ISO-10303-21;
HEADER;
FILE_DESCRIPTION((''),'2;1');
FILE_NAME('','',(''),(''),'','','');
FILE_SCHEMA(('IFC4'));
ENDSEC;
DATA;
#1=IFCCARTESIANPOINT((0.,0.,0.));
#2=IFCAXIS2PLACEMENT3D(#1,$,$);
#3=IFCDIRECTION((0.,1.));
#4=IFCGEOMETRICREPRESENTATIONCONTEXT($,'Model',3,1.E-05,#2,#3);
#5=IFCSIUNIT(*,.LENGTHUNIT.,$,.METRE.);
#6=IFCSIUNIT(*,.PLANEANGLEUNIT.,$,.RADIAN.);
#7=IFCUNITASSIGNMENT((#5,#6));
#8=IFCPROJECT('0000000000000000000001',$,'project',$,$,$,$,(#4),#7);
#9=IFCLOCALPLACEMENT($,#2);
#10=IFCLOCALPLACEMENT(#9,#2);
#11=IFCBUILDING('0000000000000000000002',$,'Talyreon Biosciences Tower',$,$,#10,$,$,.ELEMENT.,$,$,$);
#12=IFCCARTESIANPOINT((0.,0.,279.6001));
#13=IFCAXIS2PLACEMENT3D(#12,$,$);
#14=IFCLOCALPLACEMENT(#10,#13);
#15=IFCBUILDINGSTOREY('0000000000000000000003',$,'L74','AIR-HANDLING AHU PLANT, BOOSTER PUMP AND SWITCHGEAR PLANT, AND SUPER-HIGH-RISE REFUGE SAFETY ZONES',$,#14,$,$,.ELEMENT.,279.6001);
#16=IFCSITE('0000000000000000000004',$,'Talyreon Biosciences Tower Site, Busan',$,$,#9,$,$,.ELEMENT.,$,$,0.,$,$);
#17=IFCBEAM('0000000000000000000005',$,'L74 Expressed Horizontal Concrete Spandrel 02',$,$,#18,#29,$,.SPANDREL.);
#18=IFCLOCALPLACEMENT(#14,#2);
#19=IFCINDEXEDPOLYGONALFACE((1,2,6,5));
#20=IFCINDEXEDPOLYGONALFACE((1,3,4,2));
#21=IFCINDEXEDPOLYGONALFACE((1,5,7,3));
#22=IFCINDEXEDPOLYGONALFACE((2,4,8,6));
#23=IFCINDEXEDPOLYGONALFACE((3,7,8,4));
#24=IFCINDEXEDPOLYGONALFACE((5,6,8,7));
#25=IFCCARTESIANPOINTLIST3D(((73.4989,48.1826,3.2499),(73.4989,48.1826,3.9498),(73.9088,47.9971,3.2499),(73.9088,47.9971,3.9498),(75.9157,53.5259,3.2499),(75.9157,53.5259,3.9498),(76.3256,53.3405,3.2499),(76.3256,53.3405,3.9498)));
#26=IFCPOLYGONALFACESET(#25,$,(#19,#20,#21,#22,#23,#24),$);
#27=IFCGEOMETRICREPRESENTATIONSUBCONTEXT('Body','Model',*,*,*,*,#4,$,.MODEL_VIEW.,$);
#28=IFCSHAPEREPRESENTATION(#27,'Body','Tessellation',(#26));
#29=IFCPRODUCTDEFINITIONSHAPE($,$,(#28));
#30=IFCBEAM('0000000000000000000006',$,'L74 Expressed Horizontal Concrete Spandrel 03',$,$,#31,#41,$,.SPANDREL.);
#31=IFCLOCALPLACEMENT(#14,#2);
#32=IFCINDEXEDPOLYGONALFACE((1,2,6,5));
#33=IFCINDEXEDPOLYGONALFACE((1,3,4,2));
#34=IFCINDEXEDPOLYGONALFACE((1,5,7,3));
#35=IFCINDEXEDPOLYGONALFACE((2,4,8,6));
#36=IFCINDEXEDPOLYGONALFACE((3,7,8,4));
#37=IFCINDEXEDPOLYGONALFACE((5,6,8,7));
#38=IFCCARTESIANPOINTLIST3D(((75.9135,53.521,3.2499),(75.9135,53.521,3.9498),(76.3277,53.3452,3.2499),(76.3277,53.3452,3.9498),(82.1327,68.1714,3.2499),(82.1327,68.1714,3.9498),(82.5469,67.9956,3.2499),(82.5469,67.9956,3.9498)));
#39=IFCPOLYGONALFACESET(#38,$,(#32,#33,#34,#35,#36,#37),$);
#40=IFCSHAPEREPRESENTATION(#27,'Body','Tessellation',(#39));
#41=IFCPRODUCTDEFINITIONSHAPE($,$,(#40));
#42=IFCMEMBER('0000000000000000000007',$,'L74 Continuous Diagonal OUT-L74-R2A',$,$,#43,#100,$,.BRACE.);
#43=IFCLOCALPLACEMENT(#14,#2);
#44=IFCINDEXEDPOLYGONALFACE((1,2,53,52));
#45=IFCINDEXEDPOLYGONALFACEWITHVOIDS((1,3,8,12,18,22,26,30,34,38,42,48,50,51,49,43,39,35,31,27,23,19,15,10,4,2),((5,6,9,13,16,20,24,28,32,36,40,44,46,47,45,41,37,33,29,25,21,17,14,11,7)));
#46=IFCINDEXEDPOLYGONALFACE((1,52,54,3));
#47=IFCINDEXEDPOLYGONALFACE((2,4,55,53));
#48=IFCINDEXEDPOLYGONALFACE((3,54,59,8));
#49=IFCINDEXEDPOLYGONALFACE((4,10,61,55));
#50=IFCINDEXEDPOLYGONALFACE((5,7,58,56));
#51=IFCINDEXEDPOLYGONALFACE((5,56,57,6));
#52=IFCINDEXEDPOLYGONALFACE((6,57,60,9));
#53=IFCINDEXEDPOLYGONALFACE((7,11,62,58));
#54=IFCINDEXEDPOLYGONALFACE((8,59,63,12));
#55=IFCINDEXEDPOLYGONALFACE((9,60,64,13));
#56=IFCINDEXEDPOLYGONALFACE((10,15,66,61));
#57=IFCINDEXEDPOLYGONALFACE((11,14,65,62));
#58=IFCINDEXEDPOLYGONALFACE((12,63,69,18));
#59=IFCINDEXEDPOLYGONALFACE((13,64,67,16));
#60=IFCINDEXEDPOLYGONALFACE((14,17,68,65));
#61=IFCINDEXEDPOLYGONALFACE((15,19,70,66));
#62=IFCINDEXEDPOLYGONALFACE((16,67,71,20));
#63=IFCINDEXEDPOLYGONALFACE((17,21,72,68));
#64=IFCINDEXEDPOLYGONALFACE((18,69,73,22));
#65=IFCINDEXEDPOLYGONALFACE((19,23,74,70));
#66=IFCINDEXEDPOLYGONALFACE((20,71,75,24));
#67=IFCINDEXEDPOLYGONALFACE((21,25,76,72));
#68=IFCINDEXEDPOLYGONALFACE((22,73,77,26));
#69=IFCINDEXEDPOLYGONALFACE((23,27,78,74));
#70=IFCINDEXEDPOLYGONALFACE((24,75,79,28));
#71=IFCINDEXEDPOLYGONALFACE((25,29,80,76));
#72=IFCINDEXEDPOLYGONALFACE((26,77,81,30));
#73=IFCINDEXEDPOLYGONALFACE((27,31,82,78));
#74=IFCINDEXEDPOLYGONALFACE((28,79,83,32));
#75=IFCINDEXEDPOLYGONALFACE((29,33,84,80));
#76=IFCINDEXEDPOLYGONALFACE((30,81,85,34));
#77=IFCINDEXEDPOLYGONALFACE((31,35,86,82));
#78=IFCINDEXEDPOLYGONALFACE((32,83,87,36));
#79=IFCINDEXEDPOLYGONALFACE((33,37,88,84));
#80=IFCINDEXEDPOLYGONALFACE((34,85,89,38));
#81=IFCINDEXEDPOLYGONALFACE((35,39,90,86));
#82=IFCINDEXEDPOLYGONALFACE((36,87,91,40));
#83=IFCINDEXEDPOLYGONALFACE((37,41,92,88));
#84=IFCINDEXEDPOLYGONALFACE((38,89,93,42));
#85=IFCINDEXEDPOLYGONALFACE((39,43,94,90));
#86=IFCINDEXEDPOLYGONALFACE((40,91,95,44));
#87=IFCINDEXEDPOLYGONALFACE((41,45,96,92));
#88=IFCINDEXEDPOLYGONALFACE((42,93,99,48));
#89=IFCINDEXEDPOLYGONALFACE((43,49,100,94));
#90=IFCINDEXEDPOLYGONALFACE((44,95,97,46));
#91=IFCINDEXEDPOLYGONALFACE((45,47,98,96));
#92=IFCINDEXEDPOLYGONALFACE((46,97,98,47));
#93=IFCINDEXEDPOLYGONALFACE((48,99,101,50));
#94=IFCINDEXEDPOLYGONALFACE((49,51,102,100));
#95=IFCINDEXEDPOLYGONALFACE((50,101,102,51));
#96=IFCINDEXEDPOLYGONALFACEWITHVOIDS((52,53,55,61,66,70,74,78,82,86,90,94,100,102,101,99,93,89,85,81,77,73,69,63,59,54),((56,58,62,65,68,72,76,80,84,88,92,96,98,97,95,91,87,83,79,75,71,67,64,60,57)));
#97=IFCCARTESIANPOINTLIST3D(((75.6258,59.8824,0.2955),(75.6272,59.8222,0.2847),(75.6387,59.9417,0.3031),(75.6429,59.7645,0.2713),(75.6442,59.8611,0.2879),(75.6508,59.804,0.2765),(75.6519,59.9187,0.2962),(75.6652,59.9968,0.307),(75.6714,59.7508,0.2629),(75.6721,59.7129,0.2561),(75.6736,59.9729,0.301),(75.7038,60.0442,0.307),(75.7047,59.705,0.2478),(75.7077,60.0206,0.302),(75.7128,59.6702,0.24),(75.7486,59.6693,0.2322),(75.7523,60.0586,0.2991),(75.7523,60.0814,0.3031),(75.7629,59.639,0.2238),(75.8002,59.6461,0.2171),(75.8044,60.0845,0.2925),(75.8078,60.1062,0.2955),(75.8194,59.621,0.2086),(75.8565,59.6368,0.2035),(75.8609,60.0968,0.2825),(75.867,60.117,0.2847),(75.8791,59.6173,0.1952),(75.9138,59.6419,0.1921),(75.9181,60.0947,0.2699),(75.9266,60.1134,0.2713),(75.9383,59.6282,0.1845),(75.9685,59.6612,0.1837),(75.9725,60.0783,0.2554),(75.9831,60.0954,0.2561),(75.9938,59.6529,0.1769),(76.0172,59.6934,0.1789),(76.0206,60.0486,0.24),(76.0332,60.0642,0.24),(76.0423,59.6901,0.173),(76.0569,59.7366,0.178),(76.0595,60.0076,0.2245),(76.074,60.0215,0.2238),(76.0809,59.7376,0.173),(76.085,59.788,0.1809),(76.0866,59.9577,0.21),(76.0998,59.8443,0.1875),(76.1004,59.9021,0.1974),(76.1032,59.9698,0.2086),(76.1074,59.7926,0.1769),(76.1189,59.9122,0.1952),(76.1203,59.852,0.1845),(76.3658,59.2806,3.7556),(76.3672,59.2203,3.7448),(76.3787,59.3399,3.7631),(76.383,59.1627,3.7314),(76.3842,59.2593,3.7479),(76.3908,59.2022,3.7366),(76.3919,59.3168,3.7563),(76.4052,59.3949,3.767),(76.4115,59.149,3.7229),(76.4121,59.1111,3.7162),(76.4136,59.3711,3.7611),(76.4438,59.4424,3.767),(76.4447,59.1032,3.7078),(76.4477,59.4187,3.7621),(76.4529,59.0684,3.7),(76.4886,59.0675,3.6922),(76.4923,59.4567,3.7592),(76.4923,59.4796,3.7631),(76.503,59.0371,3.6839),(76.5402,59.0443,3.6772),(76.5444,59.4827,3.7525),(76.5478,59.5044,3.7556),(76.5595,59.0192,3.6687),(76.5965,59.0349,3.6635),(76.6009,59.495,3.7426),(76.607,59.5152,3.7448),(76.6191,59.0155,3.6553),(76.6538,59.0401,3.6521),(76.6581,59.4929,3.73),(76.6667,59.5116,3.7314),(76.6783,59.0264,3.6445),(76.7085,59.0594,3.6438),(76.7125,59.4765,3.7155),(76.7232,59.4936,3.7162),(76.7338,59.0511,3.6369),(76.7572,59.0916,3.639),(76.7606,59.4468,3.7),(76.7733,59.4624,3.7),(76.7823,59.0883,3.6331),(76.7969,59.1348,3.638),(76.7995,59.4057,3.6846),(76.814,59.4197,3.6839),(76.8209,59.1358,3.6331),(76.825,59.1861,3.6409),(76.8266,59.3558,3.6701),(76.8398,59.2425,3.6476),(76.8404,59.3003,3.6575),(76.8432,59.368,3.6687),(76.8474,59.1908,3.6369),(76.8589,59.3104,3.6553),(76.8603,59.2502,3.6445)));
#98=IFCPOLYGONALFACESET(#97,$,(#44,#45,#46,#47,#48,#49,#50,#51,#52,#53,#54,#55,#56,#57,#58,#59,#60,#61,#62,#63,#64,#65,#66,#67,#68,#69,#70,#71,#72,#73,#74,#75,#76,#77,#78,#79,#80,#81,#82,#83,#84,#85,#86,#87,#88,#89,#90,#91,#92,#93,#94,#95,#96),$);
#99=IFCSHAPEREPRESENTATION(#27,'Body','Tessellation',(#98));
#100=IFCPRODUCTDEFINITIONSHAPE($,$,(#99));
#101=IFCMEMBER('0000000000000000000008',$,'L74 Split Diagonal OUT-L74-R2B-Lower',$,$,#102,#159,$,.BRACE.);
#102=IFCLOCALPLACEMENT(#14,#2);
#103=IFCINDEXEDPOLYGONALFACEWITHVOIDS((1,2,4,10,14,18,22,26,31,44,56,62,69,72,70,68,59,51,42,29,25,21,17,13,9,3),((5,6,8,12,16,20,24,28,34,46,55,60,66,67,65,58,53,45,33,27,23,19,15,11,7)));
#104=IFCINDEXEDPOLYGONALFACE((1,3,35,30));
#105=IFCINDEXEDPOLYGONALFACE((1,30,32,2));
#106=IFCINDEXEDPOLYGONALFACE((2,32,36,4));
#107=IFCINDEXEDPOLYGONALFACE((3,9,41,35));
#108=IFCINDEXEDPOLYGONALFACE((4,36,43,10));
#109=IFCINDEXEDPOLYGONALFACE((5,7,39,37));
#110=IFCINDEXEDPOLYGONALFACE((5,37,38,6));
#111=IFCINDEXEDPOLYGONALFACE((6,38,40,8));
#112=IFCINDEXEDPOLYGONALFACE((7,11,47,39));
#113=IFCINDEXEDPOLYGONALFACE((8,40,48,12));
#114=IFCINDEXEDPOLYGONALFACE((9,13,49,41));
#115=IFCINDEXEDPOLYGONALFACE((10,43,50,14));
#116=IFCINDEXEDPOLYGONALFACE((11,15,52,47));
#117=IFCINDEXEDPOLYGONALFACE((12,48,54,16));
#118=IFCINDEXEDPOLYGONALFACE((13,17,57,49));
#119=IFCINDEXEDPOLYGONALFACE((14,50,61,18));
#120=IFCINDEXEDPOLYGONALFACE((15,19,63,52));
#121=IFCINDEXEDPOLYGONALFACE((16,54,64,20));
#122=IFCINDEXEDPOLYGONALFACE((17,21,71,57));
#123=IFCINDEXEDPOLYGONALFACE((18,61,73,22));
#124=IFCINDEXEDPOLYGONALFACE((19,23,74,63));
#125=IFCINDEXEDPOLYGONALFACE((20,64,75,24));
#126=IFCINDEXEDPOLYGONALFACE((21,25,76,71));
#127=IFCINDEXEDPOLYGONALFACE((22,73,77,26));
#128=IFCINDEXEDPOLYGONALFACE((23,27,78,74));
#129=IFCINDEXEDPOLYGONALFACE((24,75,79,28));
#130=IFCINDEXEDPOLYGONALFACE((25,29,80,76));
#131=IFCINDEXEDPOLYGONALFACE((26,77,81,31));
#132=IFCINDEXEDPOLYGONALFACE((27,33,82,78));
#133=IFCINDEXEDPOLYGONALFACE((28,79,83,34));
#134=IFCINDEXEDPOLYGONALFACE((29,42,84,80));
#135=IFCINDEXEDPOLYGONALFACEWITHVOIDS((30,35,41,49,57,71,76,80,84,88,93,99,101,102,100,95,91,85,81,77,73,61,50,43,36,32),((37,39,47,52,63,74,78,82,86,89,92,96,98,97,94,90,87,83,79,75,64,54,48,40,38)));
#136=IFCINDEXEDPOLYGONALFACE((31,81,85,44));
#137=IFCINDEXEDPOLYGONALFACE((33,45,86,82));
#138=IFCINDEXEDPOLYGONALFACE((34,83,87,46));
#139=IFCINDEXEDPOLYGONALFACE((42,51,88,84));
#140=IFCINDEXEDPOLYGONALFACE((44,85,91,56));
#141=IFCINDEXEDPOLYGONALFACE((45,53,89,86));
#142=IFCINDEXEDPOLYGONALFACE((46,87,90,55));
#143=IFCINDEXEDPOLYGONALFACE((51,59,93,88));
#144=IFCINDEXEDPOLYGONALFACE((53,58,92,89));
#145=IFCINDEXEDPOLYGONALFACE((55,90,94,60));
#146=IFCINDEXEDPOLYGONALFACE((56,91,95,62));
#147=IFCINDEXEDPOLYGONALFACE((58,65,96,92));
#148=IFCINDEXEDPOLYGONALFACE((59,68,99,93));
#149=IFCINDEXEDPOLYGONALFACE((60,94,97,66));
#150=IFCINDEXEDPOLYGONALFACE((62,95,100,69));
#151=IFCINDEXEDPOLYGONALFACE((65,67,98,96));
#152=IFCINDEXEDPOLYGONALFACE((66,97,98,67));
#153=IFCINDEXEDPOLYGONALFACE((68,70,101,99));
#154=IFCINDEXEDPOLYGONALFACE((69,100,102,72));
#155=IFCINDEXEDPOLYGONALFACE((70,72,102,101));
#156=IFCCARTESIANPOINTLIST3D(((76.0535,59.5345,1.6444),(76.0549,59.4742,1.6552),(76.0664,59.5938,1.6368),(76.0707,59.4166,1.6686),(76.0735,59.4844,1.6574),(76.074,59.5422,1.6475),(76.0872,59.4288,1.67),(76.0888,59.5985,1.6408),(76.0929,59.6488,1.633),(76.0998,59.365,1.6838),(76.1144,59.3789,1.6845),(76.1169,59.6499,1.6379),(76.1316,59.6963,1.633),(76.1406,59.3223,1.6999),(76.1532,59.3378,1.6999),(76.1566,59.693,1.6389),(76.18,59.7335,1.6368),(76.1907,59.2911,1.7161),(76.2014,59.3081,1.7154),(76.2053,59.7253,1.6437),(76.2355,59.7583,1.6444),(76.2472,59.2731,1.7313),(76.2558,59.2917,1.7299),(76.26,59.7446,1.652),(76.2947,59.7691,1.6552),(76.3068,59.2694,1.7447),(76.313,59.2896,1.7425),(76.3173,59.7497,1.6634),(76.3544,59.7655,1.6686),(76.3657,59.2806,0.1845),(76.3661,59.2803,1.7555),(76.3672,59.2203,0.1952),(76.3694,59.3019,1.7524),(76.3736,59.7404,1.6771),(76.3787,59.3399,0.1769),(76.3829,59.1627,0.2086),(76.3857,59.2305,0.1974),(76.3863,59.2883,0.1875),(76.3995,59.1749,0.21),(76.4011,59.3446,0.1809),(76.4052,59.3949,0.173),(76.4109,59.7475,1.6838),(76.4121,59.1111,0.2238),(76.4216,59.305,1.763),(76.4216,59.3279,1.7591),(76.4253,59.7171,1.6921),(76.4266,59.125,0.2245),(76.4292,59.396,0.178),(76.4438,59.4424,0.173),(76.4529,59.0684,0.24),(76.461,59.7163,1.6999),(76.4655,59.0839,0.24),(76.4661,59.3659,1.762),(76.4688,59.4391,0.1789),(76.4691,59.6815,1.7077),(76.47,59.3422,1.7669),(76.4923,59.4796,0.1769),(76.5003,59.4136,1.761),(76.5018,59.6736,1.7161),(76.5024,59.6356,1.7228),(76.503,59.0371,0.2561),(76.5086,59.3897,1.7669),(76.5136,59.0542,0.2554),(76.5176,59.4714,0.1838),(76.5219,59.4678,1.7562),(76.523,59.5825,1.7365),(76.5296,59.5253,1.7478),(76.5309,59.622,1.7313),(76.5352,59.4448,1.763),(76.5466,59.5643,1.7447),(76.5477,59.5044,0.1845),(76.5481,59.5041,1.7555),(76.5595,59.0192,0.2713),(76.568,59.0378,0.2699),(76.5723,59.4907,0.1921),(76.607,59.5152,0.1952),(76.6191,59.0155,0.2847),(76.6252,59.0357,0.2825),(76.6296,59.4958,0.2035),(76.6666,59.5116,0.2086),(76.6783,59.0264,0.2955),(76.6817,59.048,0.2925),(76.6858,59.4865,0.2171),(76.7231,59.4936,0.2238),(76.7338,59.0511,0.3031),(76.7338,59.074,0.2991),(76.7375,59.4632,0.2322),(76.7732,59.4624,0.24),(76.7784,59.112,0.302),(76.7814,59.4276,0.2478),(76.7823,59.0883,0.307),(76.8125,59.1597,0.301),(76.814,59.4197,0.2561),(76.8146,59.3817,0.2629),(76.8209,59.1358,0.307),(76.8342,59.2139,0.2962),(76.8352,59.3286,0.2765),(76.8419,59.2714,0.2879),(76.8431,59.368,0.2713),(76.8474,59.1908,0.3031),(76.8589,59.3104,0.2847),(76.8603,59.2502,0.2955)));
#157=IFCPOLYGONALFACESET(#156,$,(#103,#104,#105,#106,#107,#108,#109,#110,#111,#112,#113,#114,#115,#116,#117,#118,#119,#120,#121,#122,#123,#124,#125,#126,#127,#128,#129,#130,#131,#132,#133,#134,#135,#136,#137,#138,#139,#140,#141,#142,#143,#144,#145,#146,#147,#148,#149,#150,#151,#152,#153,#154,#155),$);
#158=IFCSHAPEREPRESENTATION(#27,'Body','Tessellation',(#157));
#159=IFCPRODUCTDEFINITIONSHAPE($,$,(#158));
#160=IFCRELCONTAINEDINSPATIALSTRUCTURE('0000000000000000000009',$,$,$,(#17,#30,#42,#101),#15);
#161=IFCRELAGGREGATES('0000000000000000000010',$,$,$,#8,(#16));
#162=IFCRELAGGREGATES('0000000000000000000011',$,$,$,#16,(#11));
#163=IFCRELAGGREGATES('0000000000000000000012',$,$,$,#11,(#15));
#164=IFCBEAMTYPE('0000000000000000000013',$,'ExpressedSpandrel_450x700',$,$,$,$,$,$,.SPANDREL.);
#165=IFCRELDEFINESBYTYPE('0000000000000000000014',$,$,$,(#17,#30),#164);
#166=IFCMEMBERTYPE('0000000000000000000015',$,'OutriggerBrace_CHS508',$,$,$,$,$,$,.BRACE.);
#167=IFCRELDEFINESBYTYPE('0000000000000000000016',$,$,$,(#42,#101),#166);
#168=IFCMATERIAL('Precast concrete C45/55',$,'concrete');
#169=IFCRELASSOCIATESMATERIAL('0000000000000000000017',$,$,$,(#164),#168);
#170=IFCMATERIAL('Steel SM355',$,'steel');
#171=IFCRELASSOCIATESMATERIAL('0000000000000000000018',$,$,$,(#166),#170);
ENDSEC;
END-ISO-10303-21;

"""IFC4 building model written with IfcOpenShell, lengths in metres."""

from ifc_helpers import new_model, si_unit, direction, frame, origin, origin_2d, place, context, subcontext, project, spatial, rectangle, hollow_circle, extrude, material, material_profile, profile_set, type_object, element, save


model = new_model("IFC4")

# Units and contexts
model_context = context("Model", 3, precision=1e-05, world=origin(), true_north=direction((0.0, 1.0)))
body_context = subcontext(model_context, "Body", "Model", "MODEL_VIEW")
ifc_project = project(units=[si_unit("LENGTHUNIT", "METRE"), si_unit("PLANEANGLEUNIT", "RADIAN")], contexts=[model_context])

# Site, building, storey
site_placement = place(None, origin())
site = spatial("IfcSite", under=ifc_project, at=site_placement, Name="Talyreon Biosciences Tower Site, Busan", CompositionType="ELEMENT", RefElevation=0.0)
building_placement = place(site_placement, origin())
building = spatial("IfcBuilding", under=site, at=building_placement, Name="Talyreon Biosciences Tower", CompositionType="ELEMENT")
storey_placement = place(building_placement, frame((0.0, 0.0, 279.6001)))
storey = spatial("IfcBuildingStorey", under=building, at=storey_placement, Name="L74", Description="AIR-HANDLING AHU PLANT, BOOSTER PUMP AND SWITCHGEAR PLANT, AND SUPER-HIGH-RISE REFUGE SAFETY ZONES", CompositionType="ELEMENT", Elevation=279.6001)

# Shared definitions
ifc_material_1 = material(Name="Precast concrete C45/55", Category="concrete")

# Shared definitions
ifc_material_2 = material(Name="Steel SM355", Category="steel")

# Beams
ifc_material_profile_1 = material_profile(ifc_material_1, rectangle(XDim=0.45, YDim=0.7, at=origin_2d()), Name="RCB 450x700")
ifc_profile_set_1 = profile_set([ifc_material_profile_1], Name="Precast concrete C45/55")
beam_type_1 = type_object("IfcBeamType", Name="ExpressedSpandrel_450x700", PredefinedType="SPANDREL", material=ifc_profile_set_1)
beam_1_placement = place(storey_placement, frame((73.7039, 48.0898, 3.5999), z_axis=(0.412105, 0.911136, 0.0), x_axis=(-0.911136, 0.412105, 0.0)))
element("IfcBeam", 1, at=beam_1_placement, inside=storey, type_object=beam_type_1, Name="L74 Expressed Horizontal Concrete Spandrel 02", PredefinedType="SPANDREL", context=body_context, shape_type="SweptSolid", body=[
    extrude(rectangle(XDim=0.45, YDim=0.7, at=origin_2d()), origin(), (0.0, 0.0, 1.0), 5.8645),
])
beam_2_placement = place(storey_placement, frame((76.1206, 53.4331, 3.5999), z_axis=(0.390759, 0.920493, 0.0), x_axis=(-0.920493, 0.390759, 0.0)))
element("IfcBeam", 2, at=beam_2_placement, inside=storey, type_object=beam_type_1, Name="L74 Expressed Horizontal Concrete Spandrel 03", PredefinedType="SPANDREL", context=body_context, shape_type="SweptSolid", body=[
    extrude(rectangle(XDim=0.45, YDim=0.7, at=origin_2d()), origin(), (0.0, 0.0, 1.0), 15.9158),
])

# Members
ifc_material_profile_2 = material_profile(ifc_material_2, hollow_circle(Radius=0.2539, WallThickness=0.02, at=origin_2d()), Name="CHS 508x20")
ifc_profile_set_2 = profile_set([ifc_material_profile_2], Name="Steel SM355")
member_type_1 = type_object("IfcMemberType", Name="OutriggerBrace_CHS508", PredefinedType="BRACE", material=ifc_profile_set_2)
member_1_placement = place(storey_placement, frame((75.873, 59.8672, 0.24), z_axis=(0.206182, -0.16768, 0.96404), x_axis=(0.630949, 0.775824, 0.0)))
element("IfcMember", 3, at=member_1_placement, inside=storey, type_object=member_type_1, Name="L74 Continuous Diagonal OUT-L74-R2A", PredefinedType="BRACE", context=body_context, shape_type="SweptSolid", body=[
    extrude(hollow_circle(Radius=0.2539, WallThickness=0.02, at=origin_2d()), origin(), (0.0, 0.0, 1.0), 3.5891),
])
member_2_placement = place(storey_placement, frame((76.613, 59.2654, 0.24), z_axis=(-0.206189, 0.167659, 0.964042), x_axis=(-0.630889, -0.775873, 0.0)))
element("IfcMember", 4, at=member_2_placement, inside=storey, type_object=member_type_1, Name="L74 Split Diagonal OUT-L74-R2B-Lower", PredefinedType="BRACE", context=body_context, shape_type="SweptSolid", body=[
    extrude(hollow_circle(Radius=0.2539, WallThickness=0.02, at=origin_2d()), origin(), (0.0, 0.0, 1.0), 1.5144),
])

save(model, "model.ifc")
